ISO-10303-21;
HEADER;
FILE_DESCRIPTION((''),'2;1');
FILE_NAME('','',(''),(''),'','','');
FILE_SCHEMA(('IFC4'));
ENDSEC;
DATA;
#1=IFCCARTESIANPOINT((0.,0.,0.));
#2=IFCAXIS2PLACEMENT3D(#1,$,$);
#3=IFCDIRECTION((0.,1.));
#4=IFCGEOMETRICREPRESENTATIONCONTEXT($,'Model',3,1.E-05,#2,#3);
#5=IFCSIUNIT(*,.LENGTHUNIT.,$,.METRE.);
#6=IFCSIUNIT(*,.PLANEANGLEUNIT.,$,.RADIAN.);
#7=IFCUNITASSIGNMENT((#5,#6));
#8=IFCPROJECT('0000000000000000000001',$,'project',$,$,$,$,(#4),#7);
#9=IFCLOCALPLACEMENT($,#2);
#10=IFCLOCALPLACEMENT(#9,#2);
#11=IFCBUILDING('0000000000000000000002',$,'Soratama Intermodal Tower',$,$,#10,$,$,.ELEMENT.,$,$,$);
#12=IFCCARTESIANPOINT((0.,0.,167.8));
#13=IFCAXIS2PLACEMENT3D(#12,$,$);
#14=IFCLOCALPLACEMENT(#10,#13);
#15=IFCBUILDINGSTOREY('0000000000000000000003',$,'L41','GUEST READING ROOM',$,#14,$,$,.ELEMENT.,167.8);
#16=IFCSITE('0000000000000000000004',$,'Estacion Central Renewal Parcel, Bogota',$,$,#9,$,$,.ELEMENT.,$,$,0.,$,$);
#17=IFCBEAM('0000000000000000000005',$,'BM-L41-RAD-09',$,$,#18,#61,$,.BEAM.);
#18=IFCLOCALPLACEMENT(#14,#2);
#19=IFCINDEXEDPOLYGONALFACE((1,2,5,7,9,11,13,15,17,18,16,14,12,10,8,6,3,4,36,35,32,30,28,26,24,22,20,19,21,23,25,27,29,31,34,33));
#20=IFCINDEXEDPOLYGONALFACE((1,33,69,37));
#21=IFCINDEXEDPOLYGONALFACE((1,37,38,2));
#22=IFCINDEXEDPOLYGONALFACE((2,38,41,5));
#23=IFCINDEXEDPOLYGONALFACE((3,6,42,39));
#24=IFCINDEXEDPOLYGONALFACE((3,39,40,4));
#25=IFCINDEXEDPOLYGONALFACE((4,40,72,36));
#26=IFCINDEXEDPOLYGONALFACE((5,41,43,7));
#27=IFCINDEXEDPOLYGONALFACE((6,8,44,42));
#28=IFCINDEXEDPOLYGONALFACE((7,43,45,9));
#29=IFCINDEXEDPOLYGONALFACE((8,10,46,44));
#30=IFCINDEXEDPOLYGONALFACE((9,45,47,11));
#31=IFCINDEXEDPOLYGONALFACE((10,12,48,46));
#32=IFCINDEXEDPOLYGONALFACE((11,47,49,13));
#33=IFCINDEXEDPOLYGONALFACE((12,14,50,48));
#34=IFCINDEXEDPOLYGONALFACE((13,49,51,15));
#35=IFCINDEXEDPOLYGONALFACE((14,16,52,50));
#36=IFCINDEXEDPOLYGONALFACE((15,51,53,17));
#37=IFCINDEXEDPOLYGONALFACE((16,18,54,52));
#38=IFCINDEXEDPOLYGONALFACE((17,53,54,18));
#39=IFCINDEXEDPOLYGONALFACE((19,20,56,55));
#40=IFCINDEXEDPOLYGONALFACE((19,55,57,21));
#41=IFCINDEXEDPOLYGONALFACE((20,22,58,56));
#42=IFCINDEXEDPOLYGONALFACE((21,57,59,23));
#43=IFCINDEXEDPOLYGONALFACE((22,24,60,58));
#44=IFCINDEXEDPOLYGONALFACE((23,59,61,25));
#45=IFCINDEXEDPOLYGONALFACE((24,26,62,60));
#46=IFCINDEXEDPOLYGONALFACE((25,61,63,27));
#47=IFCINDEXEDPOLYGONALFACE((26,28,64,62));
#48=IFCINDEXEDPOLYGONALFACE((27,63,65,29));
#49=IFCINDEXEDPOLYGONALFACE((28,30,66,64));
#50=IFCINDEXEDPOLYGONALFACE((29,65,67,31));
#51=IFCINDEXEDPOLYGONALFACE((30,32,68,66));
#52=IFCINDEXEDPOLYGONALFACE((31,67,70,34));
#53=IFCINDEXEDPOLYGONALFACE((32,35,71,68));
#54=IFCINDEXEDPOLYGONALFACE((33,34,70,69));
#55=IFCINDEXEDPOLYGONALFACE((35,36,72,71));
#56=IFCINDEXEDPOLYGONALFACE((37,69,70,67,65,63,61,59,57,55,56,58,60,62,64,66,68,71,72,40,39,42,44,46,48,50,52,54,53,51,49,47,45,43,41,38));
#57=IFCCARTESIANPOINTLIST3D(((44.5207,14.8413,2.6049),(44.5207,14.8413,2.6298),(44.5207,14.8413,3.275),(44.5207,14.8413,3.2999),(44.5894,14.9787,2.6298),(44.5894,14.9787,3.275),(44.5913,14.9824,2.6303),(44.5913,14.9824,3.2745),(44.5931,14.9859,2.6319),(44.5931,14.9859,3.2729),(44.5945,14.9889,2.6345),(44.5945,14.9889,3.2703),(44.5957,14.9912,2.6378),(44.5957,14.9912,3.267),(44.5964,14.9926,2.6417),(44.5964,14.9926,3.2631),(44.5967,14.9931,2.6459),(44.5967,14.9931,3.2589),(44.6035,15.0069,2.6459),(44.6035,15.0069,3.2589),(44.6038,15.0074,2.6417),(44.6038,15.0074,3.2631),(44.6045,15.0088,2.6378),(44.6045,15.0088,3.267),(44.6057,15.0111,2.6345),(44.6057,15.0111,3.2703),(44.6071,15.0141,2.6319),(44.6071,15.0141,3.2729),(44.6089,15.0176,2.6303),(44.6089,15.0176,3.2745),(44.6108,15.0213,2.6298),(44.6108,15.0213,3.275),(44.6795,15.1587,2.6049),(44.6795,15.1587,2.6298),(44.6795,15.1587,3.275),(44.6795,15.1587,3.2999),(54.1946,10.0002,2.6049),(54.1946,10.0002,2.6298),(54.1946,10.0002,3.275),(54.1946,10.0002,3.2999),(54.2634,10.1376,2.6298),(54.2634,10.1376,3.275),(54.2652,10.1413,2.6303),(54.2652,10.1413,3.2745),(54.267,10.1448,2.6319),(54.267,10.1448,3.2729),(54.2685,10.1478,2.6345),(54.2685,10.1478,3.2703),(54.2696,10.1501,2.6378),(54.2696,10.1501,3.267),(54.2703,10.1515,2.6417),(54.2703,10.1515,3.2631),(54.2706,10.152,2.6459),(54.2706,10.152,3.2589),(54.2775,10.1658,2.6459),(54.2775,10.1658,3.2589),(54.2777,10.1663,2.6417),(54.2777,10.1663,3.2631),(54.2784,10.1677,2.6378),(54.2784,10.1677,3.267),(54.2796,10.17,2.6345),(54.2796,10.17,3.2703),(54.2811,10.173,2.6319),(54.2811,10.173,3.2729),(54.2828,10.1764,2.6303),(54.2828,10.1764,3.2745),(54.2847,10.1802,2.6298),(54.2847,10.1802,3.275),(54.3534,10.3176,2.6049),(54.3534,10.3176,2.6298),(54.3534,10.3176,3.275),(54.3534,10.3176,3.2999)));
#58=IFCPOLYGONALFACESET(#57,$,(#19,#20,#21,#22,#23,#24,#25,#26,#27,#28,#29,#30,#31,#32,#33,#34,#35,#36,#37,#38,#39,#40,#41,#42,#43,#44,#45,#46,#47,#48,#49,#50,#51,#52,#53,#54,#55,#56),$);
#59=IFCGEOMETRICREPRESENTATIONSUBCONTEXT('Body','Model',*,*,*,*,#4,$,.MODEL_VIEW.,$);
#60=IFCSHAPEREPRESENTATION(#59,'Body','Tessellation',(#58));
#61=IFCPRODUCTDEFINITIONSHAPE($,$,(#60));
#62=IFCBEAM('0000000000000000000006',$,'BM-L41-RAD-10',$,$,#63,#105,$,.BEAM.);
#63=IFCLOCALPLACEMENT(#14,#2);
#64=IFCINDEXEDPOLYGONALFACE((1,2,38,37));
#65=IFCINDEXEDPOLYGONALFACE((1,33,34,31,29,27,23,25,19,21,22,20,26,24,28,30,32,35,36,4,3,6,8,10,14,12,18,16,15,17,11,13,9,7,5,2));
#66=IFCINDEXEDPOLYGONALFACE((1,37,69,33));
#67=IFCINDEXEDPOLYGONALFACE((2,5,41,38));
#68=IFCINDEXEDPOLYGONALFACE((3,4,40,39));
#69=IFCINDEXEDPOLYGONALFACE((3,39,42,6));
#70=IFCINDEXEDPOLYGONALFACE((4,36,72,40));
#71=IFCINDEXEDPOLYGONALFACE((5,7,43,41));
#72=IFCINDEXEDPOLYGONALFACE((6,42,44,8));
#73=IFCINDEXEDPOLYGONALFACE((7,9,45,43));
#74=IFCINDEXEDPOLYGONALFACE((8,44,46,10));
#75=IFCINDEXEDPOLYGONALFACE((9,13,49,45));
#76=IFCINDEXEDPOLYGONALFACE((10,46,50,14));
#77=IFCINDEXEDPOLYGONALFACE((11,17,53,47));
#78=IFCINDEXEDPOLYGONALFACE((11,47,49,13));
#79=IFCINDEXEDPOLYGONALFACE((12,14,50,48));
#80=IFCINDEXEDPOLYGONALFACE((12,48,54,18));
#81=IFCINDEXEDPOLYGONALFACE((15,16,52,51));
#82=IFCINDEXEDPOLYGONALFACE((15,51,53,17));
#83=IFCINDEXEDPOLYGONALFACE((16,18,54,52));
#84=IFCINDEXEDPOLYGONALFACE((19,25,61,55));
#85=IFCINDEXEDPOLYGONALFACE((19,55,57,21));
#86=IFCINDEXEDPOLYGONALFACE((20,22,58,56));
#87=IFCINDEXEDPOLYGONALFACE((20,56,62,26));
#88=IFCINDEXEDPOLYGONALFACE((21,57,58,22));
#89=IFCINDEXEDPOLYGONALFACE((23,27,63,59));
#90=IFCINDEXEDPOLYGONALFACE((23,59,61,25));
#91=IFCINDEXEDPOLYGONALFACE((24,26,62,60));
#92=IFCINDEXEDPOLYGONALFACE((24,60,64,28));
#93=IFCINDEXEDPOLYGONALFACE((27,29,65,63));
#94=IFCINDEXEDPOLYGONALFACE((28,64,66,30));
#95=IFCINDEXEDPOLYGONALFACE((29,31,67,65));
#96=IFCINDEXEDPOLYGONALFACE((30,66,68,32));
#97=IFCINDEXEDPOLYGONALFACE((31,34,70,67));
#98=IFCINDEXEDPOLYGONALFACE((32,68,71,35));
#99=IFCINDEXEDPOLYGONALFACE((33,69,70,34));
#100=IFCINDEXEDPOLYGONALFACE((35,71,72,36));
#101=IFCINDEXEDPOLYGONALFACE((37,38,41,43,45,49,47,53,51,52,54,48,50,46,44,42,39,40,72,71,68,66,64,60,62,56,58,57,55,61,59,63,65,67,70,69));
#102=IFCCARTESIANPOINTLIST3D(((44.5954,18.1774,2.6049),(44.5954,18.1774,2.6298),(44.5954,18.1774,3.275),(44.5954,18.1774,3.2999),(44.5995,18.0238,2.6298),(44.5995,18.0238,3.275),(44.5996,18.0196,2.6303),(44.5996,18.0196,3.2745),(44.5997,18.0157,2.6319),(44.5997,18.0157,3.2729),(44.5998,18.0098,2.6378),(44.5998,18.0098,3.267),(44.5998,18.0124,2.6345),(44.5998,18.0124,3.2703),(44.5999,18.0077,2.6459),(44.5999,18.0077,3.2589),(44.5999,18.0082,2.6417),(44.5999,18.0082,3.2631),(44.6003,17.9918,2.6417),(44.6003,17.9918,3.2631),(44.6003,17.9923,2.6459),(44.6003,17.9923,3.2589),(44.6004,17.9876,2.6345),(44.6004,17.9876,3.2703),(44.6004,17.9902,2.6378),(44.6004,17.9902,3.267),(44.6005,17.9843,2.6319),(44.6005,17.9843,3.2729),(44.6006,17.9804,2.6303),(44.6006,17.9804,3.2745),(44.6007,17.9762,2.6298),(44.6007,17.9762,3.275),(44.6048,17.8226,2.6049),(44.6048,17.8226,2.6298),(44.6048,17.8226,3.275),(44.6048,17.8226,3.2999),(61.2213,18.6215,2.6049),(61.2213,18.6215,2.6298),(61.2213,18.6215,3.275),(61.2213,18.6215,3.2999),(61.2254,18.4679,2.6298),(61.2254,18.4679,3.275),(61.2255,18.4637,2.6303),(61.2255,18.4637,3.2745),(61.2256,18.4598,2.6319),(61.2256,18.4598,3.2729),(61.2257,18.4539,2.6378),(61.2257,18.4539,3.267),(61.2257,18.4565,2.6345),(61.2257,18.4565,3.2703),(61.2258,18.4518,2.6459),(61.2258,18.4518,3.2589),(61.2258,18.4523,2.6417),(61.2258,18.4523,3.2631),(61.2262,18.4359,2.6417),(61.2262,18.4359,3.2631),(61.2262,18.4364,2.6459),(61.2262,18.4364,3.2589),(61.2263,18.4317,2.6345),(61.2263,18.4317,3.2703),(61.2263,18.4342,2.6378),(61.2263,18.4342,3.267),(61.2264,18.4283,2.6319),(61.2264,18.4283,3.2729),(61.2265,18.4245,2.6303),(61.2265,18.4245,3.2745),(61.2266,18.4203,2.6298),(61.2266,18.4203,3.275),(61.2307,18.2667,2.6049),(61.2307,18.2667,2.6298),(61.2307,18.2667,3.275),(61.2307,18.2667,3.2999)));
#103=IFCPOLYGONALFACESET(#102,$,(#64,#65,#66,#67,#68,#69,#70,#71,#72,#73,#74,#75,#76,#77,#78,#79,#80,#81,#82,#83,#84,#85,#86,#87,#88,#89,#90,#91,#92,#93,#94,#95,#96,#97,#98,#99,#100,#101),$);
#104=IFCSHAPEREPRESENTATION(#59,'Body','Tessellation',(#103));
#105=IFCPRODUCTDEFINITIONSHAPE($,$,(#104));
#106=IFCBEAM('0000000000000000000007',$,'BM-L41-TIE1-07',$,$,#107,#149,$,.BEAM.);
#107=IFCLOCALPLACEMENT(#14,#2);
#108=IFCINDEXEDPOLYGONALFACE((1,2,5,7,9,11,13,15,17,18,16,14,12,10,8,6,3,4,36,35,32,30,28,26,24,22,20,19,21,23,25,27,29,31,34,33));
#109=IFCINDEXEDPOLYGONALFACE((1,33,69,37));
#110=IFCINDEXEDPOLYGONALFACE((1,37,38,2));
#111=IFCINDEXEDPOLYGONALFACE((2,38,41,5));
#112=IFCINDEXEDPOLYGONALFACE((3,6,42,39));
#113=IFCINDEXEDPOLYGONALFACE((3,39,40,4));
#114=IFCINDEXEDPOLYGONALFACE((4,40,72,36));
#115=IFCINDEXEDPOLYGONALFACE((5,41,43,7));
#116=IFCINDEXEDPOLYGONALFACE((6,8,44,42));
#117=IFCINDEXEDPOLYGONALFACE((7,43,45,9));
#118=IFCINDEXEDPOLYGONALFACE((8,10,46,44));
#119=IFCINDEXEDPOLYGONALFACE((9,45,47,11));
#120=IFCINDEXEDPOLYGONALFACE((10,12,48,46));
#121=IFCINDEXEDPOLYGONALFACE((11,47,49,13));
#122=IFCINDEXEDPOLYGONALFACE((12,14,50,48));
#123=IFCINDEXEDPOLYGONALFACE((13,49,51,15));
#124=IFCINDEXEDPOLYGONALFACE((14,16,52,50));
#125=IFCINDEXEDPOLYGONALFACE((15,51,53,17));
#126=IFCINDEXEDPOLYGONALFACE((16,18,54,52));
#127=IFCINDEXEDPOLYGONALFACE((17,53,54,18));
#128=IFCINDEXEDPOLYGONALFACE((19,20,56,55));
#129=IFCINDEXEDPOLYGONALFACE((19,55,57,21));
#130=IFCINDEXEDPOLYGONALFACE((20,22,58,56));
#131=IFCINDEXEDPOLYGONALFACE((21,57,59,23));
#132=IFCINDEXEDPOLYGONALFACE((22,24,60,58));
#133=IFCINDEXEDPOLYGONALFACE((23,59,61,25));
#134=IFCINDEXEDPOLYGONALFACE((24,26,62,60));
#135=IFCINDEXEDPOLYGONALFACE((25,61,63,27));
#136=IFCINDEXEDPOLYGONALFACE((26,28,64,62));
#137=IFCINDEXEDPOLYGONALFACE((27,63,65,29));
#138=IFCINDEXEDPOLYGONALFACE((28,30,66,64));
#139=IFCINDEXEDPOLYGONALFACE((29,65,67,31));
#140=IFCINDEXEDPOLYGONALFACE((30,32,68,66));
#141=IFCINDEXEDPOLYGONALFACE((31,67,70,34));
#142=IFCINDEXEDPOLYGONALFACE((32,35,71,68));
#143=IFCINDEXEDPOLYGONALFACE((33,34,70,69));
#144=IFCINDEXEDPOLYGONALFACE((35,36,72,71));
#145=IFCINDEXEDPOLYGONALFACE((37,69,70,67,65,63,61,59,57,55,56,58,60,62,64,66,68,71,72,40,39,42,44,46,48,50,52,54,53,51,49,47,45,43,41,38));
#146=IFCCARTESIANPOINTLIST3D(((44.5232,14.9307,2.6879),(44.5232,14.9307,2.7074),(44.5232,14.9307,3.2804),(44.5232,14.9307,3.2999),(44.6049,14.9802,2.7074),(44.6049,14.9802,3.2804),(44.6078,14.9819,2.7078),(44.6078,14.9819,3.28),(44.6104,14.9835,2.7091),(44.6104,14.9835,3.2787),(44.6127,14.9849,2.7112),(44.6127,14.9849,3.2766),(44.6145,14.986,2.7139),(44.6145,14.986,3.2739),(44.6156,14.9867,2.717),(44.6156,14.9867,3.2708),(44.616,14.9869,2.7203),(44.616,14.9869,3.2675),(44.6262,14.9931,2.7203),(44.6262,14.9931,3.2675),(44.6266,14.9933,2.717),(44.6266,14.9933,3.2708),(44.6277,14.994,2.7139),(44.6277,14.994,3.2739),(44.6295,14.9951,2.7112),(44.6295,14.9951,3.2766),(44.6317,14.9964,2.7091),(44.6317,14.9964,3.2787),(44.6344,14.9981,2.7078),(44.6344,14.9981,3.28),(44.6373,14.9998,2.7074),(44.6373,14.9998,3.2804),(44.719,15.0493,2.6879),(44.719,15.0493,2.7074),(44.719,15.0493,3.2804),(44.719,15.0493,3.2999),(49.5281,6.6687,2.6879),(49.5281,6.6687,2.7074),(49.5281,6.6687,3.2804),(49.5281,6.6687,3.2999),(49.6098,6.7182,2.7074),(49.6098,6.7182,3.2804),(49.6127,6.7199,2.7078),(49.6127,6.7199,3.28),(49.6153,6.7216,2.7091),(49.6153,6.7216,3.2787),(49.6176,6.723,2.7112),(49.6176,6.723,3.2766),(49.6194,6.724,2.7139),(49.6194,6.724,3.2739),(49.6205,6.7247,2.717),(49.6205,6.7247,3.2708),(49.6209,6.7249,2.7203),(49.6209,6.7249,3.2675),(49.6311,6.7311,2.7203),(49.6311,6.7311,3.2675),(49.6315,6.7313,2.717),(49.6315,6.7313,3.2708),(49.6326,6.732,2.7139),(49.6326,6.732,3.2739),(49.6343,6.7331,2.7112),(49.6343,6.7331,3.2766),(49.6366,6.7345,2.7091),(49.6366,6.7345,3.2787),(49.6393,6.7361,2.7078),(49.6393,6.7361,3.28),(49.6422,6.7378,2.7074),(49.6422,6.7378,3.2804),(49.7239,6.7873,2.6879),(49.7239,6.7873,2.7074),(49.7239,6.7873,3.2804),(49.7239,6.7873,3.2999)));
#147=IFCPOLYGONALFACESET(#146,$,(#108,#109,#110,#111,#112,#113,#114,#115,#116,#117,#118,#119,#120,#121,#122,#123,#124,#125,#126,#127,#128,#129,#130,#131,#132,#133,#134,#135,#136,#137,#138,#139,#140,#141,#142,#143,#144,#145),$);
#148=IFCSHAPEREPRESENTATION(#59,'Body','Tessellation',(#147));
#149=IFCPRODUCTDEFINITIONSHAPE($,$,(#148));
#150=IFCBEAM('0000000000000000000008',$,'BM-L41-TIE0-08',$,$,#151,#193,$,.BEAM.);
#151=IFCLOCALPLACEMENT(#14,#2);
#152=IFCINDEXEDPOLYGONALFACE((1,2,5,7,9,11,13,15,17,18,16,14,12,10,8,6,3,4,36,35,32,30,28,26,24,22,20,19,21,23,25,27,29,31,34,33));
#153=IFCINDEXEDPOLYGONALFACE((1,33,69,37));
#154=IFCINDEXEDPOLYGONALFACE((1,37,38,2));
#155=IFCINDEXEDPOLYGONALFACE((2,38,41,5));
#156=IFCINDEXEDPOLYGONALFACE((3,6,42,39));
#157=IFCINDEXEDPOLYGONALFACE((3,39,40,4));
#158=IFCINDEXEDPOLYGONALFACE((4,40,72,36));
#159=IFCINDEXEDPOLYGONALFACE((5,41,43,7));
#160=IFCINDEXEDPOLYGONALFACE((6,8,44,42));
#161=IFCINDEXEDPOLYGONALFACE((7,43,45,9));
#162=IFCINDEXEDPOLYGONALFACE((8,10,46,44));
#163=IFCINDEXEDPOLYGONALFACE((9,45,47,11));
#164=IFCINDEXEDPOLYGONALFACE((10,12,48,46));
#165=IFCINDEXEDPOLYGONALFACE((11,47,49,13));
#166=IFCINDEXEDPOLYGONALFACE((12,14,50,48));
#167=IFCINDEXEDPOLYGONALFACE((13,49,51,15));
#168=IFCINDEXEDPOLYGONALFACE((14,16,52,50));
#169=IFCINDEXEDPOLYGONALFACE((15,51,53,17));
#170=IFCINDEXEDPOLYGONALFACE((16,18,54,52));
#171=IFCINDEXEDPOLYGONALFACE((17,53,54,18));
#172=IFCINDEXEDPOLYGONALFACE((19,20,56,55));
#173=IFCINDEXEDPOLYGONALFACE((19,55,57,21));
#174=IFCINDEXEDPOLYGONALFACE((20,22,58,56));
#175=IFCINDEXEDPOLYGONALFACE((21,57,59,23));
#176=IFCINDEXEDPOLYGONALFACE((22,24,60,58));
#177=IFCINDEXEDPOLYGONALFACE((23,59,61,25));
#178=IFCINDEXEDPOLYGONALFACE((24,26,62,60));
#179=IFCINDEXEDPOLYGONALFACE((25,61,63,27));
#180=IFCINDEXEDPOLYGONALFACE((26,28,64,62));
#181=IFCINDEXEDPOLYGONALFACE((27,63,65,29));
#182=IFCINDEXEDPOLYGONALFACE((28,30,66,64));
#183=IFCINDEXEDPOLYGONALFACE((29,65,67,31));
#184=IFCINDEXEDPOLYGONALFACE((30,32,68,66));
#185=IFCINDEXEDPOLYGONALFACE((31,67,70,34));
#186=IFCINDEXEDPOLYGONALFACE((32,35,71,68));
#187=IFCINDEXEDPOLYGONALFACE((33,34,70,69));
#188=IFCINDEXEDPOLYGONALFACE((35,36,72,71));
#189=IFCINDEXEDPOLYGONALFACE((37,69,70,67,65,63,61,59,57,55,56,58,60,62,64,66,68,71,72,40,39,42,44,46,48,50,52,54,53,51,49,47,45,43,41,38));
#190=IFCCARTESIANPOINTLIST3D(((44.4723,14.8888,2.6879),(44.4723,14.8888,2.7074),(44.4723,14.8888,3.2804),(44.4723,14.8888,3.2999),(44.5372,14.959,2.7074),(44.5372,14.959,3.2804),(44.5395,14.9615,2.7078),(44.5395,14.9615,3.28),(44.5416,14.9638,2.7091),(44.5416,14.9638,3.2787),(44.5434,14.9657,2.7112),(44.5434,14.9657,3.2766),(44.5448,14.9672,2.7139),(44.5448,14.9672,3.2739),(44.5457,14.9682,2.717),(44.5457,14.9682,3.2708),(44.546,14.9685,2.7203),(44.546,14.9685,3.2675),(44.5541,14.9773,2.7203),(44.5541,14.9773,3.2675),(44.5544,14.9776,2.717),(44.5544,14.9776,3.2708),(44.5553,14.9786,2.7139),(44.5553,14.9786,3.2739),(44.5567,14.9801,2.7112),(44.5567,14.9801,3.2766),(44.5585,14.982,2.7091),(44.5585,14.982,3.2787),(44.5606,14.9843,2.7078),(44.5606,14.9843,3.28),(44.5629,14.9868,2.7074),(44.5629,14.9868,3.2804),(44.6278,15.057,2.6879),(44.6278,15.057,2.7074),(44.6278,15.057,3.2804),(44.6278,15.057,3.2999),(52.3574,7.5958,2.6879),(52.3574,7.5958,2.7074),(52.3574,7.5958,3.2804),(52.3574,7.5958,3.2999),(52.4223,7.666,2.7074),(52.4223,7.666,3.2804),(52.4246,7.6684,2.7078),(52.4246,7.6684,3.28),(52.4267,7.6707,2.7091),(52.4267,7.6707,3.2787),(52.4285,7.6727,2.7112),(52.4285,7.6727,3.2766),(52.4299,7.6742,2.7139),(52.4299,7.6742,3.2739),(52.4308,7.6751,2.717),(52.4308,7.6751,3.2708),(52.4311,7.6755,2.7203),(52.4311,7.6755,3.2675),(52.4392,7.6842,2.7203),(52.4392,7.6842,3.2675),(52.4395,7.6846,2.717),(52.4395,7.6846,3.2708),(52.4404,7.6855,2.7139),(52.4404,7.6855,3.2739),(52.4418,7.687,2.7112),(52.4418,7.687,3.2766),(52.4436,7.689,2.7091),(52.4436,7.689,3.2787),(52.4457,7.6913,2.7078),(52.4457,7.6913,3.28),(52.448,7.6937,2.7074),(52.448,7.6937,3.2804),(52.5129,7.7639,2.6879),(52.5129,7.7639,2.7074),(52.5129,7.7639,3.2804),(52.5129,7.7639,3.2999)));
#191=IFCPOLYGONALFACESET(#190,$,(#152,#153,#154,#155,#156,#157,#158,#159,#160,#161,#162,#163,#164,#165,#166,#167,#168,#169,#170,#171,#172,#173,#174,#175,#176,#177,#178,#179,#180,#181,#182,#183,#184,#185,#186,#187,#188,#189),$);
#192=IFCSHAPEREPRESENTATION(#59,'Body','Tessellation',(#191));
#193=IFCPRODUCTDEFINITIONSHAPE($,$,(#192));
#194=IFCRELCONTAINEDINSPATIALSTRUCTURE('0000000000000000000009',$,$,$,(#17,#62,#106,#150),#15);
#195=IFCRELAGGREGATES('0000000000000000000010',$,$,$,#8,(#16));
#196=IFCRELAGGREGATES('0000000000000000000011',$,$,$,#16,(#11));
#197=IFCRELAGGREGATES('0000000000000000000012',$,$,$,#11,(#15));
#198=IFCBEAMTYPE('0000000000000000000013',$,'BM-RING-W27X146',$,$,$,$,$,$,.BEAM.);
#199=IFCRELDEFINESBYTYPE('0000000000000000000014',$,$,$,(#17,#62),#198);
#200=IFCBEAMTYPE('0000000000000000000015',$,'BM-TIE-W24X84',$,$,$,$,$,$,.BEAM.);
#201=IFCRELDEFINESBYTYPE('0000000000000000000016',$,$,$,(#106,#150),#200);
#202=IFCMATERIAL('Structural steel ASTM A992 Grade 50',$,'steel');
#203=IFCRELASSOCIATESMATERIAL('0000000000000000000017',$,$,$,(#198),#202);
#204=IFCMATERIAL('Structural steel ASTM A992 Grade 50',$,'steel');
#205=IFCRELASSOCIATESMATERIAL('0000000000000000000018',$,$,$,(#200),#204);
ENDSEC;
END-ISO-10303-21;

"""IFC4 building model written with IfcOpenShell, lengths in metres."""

from ifc_helpers import new_model, si_unit, direction, frame, origin, origin_2d, place, context, subcontext, project, spatial, i_section, extrude, material, material_profile, profile_set, type_object, element, save


model = new_model("IFC4")

# Units and contexts
model_context = context("Model", 3, precision=1e-05, world=origin(), true_north=direction((0.0, 1.0)))
body_context = subcontext(model_context, "Body", "Model", "MODEL_VIEW")
ifc_project = project(units=[si_unit("LENGTHUNIT", "METRE"), si_unit("PLANEANGLEUNIT", "RADIAN")], contexts=[model_context])

# Site, building, storey
site_placement = place(None, origin())
site = spatial("IfcSite", under=ifc_project, at=site_placement, Name="Estacion Central Renewal Parcel, Bogota", CompositionType="ELEMENT", RefElevation=0.0)
building_placement = place(site_placement, origin())
building = spatial("IfcBuilding", under=site, at=building_placement, Name="Soratama Intermodal Tower", CompositionType="ELEMENT")
storey_placement = place(building_placement, frame((0.0, 0.0, 167.8)))
storey = spatial("IfcBuildingStorey", under=building, at=storey_placement, Name="L41", Description="GUEST READING ROOM", CompositionType="ELEMENT", Elevation=167.8)

# Beams
ifc_material_1 = material(Name="Structural steel ASTM A992 Grade 50", Category="steel")
ifc_material_profile_1 = material_profile(ifc_material_1, i_section(OverallWidth=0.355, OverallDepth=0.6951, WebThickness=0.0154, FlangeThickness=0.0249, FilletRadius=0.0161, at=origin_2d()), Name="W27X146")
ifc_profile_set_1 = profile_set([ifc_material_profile_1], Name="Structural steel ASTM A992 Grade 50")
beam_type_1 = type_object("IfcBeamType", Name="BM-RING-W27X146", PredefinedType="BEAM", material=ifc_profile_set_1)
beam_1_placement = place(storey_placement, frame((44.6001, 15.0, 2.9524), z_axis=(0.894274, -0.447521, 0.0), x_axis=(0.447521, 0.894274, 0.0)))
element("IfcBeam", 1, at=beam_1_placement, inside=storey, type_object=beam_type_1, Name="BM-L41-RAD-09", PredefinedType="BEAM", context=body_context, shape_type="SweptSolid", body=[
    extrude(i_section(OverallWidth=0.355, OverallDepth=0.6951, WebThickness=0.0154, FlangeThickness=0.0249, FilletRadius=0.0161, at=origin_2d()), origin(), (0.0, 0.0, 1.0), 10.8176),
])
beam_2_placement = place(storey_placement, frame((44.6001, 18.0, 2.9524), z_axis=(0.999643, 0.026701, 0.0), x_axis=(-0.026701, 0.999643, 0.0)))
element("IfcBeam", 2, at=beam_2_placement, inside=storey, type_object=beam_type_1, Name="BM-L41-RAD-10", PredefinedType="BEAM", context=body_context, shape_type="SweptSolid", body=[
    extrude(i_section(OverallWidth=0.355, OverallDepth=0.6951, WebThickness=0.0154, FlangeThickness=0.0249, FilletRadius=0.0161, at=origin_2d()), origin(), (0.0, 0.0, 1.0), 16.6318),
])
ifc_material_2 = material(Name="Structural steel ASTM A992 Grade 50", Category="steel")
ifc_material_profile_2 = material_profile(ifc_material_2, i_section(OverallWidth=0.229, OverallDepth=0.6121, WebThickness=0.012, FlangeThickness=0.0195, FilletRadius=0.0129, at=origin_2d()), Name="W24X84")
ifc_profile_set_2 = profile_set([ifc_material_profile_2], Name="Structural steel ASTM A992 Grade 50")
beam_type_2 = type_object("IfcBeamType", Name="BM-TIE-W24X84", PredefinedType="BEAM", material=ifc_profile_set_2)
beam_3_placement = place(storey_placement, frame((44.6211, 14.99, 2.9939), z_axis=(0.518122, -0.855306, 0.0), x_axis=(0.855306, 0.518122, 0.0)))
element("IfcBeam", 3, at=beam_3_placement, inside=storey, type_object=beam_type_2, Name="BM-L41-TIE1-07", PredefinedType="BEAM", context=body_context, shape_type="SweptSolid", body=[
    extrude(i_section(OverallWidth=0.229, OverallDepth=0.6121, WebThickness=0.012, FlangeThickness=0.0195, FilletRadius=0.0129, at=origin_2d()), origin(), (0.0, 0.0, 1.0), 9.6597),
])
beam_4_placement = place(storey_placement, frame((44.55, 14.9729, 2.9939), z_axis=(0.73413, -0.679009, 0.0), x_axis=(0.679009, 0.73413, 0.0)))
element("IfcBeam", 4, at=beam_4_placement, inside=storey, type_object=beam_type_2, Name="BM-L41-TIE0-08", PredefinedType="BEAM", context=body_context, shape_type="SweptSolid", body=[
    extrude(i_section(OverallWidth=0.229, OverallDepth=0.6121, WebThickness=0.012, FlangeThickness=0.0195, FilletRadius=0.0129, at=origin_2d()), origin(), (0.0, 0.0, 1.0), 10.7407),
])

save(model, "model.ifc")
